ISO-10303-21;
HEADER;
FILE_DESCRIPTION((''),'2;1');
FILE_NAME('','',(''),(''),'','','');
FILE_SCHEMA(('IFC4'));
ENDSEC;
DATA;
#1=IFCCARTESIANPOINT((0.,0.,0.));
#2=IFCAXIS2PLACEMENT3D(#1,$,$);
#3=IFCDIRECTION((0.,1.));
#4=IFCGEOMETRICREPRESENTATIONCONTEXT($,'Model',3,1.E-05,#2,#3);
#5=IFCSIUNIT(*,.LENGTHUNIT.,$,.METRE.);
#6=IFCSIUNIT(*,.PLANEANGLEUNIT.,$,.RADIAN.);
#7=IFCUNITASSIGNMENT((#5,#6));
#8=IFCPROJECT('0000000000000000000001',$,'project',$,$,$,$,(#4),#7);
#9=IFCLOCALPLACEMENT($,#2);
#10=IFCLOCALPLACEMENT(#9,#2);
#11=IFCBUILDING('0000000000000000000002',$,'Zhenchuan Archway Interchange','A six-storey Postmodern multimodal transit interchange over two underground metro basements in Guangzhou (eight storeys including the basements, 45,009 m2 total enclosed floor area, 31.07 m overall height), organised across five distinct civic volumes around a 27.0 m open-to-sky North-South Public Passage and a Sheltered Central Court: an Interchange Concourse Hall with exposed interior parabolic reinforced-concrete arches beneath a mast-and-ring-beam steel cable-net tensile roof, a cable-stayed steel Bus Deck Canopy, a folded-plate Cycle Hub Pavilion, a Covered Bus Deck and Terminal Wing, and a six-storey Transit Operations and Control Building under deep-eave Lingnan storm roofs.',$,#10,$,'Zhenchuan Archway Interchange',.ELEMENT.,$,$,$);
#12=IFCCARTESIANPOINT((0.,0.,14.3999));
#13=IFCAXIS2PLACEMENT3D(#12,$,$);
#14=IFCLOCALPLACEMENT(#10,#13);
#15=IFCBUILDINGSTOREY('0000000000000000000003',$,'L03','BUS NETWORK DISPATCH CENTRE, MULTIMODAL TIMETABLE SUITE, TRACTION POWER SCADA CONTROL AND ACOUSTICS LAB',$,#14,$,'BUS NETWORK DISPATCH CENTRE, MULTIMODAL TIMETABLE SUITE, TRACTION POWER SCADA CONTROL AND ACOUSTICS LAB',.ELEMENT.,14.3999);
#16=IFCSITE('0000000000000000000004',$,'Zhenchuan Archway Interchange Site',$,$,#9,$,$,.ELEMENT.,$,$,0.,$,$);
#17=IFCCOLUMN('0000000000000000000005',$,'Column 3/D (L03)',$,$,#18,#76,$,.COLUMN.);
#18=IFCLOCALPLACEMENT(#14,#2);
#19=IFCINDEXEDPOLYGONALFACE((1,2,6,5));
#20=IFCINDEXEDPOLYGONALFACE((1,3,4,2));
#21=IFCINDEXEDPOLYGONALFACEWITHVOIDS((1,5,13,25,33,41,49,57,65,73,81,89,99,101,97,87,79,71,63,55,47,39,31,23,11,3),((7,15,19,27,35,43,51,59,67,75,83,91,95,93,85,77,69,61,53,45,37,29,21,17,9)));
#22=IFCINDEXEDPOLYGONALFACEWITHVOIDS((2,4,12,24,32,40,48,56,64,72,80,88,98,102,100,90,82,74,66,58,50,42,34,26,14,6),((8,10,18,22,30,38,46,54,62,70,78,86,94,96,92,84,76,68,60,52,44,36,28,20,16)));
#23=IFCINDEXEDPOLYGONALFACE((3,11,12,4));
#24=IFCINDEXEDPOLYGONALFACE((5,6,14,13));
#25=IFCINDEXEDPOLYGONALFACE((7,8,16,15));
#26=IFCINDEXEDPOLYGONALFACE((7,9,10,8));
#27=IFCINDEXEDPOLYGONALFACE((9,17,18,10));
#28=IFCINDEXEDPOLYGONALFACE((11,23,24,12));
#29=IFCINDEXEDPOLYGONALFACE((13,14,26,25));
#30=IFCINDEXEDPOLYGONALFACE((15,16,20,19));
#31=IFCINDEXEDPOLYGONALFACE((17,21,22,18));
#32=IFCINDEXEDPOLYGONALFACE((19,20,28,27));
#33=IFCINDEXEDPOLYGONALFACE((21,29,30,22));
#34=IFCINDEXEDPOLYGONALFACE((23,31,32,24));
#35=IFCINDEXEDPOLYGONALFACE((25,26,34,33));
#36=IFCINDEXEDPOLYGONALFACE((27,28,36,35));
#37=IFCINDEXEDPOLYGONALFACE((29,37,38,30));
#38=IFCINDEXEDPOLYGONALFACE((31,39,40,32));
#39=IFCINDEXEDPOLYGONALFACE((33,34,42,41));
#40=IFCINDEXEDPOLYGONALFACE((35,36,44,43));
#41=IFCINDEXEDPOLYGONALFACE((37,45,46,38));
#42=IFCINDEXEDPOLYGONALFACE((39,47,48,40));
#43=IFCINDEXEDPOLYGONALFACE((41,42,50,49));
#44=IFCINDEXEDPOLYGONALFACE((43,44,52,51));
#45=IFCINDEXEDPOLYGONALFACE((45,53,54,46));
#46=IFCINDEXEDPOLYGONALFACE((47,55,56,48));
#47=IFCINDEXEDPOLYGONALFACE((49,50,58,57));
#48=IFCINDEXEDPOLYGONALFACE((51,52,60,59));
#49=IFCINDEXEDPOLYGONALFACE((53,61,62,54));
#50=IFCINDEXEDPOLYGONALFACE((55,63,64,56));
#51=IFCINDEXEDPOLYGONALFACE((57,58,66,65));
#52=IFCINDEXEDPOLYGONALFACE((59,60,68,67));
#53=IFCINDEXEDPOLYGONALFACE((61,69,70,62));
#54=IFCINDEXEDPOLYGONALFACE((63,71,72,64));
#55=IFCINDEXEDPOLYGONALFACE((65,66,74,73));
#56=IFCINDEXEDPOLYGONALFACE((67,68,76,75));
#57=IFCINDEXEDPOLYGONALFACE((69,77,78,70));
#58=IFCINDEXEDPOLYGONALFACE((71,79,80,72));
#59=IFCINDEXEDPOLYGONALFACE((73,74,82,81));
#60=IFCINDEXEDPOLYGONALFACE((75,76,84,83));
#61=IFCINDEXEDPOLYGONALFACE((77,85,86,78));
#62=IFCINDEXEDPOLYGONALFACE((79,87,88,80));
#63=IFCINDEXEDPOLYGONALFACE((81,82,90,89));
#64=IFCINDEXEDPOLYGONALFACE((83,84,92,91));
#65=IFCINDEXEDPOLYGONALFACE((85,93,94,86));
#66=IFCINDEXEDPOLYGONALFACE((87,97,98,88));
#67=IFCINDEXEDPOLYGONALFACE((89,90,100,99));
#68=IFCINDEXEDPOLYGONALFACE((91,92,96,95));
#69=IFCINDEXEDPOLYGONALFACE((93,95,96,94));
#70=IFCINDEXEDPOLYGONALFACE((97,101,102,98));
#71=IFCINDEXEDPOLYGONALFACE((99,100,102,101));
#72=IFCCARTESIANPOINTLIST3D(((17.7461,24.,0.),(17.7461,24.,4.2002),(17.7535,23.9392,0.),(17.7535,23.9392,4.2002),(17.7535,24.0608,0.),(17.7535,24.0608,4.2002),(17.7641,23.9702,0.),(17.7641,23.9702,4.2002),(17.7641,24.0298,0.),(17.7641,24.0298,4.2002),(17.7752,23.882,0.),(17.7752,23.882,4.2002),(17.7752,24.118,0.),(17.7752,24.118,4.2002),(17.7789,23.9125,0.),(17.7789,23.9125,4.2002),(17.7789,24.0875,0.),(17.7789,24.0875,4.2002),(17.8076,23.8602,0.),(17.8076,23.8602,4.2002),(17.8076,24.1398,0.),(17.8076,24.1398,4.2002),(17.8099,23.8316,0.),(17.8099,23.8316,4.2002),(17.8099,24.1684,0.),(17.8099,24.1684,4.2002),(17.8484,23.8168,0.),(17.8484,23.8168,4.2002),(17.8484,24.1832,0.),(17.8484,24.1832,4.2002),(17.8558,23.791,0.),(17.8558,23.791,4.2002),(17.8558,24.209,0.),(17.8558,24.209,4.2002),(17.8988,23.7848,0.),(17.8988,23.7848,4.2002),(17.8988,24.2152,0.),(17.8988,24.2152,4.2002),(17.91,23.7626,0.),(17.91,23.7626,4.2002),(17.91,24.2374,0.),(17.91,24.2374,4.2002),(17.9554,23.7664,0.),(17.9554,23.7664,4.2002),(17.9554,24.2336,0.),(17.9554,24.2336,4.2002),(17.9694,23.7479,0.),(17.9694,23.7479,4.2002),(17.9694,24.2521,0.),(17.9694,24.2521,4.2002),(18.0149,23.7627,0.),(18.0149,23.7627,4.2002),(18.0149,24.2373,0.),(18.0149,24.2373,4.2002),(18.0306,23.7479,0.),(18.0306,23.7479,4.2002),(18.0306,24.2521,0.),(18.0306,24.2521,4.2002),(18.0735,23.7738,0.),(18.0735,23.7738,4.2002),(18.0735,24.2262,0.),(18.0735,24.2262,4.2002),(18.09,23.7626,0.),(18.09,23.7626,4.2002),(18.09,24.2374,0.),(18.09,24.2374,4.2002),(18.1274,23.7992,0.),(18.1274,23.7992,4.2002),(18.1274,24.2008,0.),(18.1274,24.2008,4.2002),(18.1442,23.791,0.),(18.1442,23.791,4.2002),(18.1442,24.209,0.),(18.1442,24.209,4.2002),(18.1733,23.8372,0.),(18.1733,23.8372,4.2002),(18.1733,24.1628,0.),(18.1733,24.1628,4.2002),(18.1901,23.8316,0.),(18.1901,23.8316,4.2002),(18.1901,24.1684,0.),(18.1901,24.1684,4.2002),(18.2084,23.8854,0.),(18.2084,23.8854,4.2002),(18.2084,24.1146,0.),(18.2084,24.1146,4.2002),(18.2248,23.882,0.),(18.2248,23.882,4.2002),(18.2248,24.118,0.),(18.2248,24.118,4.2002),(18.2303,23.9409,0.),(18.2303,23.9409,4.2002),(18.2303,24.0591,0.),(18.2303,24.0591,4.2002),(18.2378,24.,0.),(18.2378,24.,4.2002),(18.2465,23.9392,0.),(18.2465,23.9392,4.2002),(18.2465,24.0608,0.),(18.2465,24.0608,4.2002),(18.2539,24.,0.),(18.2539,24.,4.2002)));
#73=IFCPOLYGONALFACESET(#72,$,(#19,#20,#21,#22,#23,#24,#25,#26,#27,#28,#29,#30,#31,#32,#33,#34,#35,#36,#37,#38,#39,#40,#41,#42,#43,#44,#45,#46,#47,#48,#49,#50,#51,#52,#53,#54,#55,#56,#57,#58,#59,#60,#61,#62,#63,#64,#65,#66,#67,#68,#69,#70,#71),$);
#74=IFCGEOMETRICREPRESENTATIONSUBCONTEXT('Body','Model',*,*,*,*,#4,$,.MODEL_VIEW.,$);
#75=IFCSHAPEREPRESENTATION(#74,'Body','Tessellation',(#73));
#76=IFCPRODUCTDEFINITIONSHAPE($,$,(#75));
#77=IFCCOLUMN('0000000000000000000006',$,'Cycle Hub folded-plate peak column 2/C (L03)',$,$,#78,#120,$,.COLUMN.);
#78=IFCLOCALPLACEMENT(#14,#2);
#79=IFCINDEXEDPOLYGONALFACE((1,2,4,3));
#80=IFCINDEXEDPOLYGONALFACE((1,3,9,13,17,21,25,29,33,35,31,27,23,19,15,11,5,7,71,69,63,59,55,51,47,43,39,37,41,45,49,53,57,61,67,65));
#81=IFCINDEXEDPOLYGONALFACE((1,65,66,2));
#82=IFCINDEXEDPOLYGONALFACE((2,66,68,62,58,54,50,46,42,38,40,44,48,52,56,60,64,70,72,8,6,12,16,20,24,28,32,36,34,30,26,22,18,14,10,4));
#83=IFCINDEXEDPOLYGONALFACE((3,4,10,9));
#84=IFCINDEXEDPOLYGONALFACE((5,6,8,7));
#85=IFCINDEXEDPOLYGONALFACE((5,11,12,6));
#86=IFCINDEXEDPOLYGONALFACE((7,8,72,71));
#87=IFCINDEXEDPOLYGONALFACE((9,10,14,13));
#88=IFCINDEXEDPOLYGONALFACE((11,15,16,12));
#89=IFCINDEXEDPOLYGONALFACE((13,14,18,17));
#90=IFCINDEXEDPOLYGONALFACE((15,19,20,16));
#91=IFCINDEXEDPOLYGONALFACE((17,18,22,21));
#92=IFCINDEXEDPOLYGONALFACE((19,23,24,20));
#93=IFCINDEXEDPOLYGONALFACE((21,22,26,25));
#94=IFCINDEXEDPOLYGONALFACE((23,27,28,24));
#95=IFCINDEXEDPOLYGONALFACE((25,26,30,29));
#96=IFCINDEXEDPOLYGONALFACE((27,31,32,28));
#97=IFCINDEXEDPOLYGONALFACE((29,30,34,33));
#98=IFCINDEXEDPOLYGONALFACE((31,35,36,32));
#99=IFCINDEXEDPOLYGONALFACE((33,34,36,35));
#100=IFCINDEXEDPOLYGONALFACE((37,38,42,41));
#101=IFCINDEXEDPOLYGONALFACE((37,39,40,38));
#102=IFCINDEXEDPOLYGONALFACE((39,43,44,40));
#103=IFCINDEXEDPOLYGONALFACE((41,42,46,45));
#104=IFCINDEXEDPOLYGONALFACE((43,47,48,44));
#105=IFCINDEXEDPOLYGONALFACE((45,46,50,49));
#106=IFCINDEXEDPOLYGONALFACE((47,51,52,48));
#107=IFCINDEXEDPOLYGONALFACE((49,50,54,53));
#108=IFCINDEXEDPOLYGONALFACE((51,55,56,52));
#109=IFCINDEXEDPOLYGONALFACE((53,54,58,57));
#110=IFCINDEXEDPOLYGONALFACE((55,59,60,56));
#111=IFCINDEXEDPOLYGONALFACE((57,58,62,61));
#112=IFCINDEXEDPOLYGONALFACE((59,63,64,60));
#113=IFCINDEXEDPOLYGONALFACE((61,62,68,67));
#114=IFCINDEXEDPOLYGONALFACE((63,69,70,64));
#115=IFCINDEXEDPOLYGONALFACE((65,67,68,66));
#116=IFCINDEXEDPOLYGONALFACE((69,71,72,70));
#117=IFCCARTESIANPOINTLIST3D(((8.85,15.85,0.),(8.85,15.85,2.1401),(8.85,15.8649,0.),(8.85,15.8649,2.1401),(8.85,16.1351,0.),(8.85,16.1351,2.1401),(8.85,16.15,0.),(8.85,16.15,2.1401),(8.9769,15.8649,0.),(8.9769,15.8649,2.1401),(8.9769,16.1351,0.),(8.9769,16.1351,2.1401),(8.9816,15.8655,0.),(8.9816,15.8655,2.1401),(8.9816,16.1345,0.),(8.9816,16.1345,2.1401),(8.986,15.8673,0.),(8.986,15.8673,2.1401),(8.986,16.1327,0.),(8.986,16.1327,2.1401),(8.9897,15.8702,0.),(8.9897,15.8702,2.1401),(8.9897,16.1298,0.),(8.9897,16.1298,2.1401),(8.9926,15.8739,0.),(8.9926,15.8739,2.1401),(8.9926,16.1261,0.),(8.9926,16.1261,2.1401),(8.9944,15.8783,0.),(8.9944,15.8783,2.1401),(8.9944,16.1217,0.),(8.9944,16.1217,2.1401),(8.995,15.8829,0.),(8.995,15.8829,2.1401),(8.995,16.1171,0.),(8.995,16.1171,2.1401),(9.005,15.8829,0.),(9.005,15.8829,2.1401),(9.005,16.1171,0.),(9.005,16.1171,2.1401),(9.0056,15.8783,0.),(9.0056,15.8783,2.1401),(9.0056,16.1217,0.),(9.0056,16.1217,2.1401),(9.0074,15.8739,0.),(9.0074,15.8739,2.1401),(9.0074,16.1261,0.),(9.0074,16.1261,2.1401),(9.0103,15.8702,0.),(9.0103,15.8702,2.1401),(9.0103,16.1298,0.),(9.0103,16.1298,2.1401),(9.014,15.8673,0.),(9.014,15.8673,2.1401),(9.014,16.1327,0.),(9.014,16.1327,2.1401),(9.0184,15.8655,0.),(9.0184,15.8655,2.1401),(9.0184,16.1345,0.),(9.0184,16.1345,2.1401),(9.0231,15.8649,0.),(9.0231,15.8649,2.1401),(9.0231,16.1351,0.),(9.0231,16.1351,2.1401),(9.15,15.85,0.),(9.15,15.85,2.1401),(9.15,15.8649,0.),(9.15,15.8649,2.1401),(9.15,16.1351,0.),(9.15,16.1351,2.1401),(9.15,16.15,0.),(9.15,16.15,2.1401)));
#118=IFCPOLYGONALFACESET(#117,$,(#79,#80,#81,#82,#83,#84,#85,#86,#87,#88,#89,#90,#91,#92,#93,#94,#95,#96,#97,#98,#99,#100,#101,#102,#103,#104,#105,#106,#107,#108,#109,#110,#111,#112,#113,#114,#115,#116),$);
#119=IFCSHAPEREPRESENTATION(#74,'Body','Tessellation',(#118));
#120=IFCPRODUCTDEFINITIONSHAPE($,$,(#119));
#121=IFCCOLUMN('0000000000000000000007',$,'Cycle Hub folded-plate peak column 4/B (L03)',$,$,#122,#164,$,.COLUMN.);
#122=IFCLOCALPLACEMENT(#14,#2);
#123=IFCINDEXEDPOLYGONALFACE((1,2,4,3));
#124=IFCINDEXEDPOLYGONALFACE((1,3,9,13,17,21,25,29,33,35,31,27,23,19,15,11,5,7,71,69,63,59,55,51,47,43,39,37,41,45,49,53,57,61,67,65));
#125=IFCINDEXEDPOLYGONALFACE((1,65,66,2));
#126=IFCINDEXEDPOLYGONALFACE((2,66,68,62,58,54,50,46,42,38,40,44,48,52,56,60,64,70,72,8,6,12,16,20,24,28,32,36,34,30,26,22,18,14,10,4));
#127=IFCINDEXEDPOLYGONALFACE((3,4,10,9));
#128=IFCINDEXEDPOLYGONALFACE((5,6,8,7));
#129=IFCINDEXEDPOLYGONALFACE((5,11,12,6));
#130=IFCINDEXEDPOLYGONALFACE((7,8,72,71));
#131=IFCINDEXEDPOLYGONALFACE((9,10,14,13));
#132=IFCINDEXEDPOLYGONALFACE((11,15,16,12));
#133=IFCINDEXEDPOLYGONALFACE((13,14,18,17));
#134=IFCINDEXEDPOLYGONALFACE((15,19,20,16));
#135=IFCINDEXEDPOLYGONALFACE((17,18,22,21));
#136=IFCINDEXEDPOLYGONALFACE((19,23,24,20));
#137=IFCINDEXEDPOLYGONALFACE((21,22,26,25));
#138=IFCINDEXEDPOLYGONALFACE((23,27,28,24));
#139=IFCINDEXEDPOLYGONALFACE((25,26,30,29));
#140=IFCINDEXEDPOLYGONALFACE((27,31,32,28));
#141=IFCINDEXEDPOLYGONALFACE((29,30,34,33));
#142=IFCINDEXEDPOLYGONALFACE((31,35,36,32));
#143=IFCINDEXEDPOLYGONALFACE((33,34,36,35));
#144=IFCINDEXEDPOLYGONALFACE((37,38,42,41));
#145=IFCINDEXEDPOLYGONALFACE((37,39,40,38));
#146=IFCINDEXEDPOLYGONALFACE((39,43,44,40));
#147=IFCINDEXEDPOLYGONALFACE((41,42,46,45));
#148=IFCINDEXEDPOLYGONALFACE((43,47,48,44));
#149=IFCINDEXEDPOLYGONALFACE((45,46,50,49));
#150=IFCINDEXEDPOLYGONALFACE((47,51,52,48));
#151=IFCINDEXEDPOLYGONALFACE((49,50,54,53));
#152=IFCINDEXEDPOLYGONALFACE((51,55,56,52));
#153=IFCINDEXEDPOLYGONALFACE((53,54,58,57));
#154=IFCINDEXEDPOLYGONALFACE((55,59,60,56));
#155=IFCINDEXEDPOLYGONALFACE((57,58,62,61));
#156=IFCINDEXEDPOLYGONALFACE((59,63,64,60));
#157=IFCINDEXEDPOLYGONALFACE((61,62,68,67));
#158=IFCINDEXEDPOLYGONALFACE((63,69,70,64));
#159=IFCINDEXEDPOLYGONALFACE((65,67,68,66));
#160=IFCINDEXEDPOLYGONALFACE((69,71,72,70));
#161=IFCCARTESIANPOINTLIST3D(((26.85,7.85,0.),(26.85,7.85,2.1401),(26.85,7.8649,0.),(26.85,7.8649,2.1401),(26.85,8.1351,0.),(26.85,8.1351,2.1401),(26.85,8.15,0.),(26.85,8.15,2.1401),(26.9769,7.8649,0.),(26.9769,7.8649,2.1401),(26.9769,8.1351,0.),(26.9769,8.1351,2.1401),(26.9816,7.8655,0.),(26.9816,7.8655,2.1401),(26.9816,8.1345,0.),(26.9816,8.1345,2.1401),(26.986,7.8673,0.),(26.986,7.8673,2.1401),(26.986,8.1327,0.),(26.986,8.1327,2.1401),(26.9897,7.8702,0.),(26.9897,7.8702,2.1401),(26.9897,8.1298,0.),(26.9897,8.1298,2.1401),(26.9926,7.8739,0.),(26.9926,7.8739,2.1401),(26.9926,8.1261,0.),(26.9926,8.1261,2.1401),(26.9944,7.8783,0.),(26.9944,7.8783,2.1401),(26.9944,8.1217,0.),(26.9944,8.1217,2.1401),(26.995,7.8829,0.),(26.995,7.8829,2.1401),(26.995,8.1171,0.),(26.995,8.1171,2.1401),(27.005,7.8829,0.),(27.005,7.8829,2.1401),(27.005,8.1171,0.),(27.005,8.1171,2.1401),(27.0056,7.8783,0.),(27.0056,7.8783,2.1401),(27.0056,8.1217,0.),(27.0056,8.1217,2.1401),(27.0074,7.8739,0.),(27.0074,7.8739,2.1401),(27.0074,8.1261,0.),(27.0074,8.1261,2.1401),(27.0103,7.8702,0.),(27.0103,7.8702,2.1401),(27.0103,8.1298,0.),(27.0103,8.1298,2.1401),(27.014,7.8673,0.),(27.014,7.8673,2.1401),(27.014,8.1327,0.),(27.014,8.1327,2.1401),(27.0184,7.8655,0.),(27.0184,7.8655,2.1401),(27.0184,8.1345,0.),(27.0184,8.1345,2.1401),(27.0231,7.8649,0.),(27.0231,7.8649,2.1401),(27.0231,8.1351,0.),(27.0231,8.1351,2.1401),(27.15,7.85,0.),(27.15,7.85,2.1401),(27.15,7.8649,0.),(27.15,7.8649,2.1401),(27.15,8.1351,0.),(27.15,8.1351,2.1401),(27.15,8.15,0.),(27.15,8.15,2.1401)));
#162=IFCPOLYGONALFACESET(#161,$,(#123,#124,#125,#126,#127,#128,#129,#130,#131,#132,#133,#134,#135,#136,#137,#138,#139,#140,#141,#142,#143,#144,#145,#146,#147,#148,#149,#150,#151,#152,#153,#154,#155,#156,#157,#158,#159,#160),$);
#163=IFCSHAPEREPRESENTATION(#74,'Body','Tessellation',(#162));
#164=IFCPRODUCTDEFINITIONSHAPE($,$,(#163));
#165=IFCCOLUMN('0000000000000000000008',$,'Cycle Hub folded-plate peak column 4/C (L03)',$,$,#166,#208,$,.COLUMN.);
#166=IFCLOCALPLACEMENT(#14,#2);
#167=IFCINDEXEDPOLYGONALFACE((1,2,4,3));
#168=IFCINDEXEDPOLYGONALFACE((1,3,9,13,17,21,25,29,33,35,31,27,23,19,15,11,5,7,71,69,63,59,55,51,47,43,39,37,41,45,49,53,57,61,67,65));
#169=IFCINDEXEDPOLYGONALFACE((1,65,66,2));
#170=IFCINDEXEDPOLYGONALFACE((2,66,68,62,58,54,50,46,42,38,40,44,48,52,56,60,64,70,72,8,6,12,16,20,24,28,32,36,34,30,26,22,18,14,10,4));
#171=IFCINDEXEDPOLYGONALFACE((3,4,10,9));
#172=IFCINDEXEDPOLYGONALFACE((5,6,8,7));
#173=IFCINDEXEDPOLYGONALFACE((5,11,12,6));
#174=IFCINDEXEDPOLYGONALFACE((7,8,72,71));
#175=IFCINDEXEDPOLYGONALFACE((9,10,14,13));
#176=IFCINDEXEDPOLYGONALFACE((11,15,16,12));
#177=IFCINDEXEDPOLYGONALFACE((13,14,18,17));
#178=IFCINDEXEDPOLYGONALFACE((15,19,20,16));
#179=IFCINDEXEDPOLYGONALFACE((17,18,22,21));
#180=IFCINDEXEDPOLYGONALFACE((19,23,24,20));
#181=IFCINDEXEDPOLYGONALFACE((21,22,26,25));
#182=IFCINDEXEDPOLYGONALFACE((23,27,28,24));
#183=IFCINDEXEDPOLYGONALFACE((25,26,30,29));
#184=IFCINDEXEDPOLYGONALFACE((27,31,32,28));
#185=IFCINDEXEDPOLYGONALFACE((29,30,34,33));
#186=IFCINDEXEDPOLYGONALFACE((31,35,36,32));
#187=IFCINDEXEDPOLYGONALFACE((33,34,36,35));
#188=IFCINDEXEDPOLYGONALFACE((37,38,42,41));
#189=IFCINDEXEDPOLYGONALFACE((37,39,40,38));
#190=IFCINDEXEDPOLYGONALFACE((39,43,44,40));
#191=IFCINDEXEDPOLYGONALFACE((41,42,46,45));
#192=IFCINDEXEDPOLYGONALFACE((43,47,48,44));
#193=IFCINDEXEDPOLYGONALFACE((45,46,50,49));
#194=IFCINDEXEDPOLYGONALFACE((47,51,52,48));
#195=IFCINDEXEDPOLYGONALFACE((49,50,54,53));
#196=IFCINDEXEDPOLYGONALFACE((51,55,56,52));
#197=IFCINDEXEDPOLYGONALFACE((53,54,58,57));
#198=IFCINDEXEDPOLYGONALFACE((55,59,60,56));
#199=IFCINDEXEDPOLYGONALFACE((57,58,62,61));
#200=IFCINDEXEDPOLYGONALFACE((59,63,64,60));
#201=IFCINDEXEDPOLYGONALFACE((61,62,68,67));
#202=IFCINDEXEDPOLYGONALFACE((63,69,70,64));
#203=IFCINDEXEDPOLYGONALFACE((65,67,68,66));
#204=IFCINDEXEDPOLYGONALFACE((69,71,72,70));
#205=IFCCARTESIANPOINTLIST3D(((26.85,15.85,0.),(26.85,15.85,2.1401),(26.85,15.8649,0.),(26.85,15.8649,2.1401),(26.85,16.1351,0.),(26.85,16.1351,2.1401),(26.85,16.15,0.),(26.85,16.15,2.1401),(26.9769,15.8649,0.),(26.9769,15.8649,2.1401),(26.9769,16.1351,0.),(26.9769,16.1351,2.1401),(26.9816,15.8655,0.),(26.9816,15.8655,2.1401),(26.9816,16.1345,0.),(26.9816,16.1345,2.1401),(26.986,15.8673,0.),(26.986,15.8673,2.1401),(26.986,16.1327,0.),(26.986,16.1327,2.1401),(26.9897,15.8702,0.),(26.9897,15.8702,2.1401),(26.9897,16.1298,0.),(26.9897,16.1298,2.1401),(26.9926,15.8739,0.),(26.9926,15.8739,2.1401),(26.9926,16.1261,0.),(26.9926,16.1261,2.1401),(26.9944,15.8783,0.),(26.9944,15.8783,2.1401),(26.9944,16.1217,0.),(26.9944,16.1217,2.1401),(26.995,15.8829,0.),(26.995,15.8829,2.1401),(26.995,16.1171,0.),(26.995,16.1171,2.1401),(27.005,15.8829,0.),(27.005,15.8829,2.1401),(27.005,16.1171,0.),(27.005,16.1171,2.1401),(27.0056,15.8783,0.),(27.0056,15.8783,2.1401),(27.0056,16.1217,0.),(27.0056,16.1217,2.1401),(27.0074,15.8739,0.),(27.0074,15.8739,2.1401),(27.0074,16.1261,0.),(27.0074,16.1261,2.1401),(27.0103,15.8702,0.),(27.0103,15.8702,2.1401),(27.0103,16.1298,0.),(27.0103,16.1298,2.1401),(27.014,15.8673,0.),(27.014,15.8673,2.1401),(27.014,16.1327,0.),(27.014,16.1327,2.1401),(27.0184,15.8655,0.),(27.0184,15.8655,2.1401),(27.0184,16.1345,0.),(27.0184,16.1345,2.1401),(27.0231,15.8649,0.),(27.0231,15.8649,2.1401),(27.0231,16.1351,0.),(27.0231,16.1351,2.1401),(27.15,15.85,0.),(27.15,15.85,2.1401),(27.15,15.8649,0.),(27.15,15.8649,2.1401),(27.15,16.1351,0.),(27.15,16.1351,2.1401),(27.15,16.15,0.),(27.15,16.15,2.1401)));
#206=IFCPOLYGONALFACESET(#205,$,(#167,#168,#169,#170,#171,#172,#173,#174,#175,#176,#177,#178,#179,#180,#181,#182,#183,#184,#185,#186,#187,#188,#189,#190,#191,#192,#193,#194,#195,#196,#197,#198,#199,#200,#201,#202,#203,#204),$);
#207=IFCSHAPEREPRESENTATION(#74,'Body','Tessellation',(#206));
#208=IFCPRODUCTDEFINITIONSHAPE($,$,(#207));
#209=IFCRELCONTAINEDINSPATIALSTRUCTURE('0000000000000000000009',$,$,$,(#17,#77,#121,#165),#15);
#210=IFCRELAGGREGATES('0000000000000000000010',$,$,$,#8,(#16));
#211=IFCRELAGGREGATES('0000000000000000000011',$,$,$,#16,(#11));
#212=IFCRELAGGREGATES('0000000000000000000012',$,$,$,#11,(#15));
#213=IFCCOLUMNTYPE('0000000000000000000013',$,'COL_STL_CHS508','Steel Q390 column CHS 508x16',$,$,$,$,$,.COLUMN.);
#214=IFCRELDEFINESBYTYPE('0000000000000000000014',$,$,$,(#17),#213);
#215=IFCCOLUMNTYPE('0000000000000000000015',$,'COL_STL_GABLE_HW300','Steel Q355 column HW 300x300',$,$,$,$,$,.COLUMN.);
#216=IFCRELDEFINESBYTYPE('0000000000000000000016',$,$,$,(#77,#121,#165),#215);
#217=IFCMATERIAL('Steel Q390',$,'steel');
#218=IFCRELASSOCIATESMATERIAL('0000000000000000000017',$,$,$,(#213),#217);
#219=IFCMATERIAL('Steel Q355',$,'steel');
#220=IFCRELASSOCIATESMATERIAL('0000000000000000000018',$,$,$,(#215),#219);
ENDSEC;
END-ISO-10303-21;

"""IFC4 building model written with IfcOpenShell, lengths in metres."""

from ifc_helpers import new_model, si_unit, direction, frame, origin, origin_2d, place, context, subcontext, project, spatial, hollow_circle, i_section, extrude, material, material_profile, profile_set, type_object, element, save


model = new_model("IFC4")

# Units and contexts
model_context = context("Model", 3, precision=1e-05, world=origin(), true_north=direction((0.0, 1.0)))
body_context = subcontext(model_context, "Body", "Model", "MODEL_VIEW")
ifc_project = project(units=[si_unit("LENGTHUNIT", "METRE"), si_unit("PLANEANGLEUNIT", "RADIAN")], contexts=[model_context])

# Site, building, storey
site_placement = place(None, origin())
site = spatial("IfcSite", under=ifc_project, at=site_placement, Name="Zhenchuan Archway Interchange Site", CompositionType="ELEMENT", RefElevation=0.0)
building_placement = place(site_placement, origin())
building = spatial("IfcBuilding", under=site, at=building_placement, Name="Zhenchuan Archway Interchange", Description="A six-storey Postmodern multimodal transit interchange over two underground metro basements in Guangzhou (eight storeys including the basements, 45,009 m2 total enclosed floor area, 31.07 m overall height), organised across five distinct civic volumes around a 27.0 m open-to-sky North-South Public Passage and a Sheltered Central Court: an Interchange Concourse Hall with exposed interior parabolic reinforced-concrete arches beneath a mast-and-ring-beam steel cable-net tensile roof, a cable-stayed steel Bus Deck Canopy, a folded-plate Cycle Hub Pavilion, a Covered Bus Deck and Terminal Wing, and a six-storey Transit Operations and Control Building under deep-eave Lingnan storm roofs.", LongName="Zhenchuan Archway Interchange", CompositionType="ELEMENT")
storey_placement = place(building_placement, frame((0.0, 0.0, 14.3999)))
storey = spatial("IfcBuildingStorey", under=building, at=storey_placement, Name="L03", Description="BUS NETWORK DISPATCH CENTRE, MULTIMODAL TIMETABLE SUITE, TRACTION POWER SCADA CONTROL AND ACOUSTICS LAB", LongName="BUS NETWORK DISPATCH CENTRE, MULTIMODAL TIMETABLE SUITE, TRACTION POWER SCADA CONTROL AND ACOUSTICS LAB", CompositionType="ELEMENT", Elevation=14.3999)

# Columns
ifc_material_1 = material(Name="Steel Q390", Category="steel")
ifc_material_profile_1 = material_profile(ifc_material_1, hollow_circle(Radius=0.2539, WallThickness=0.0161, at=origin_2d()), Name="CHS 508x16")
ifc_profile_set_1 = profile_set([ifc_material_profile_1], Name="Steel Q390")
column_type_1 = type_object("IfcColumnType", Name="COL_STL_CHS508", Description="Steel Q390 column CHS 508x16", PredefinedType="COLUMN", material=ifc_profile_set_1)
column_1_placement = place(storey_placement, frame((18.0, 24.0, 0.0), z_axis=(0.0, 0.0, 1.0), x_axis=(1.0, 0.0, 0.0)))
element("IfcColumn", 1, at=column_1_placement, inside=storey, type_object=column_type_1, Name="Column 3/D (L03)", PredefinedType="COLUMN", context=body_context, shape_type="SweptSolid", body=[
    extrude(hollow_circle(Radius=0.2539, WallThickness=0.0161, at=origin_2d()), origin(), (0.0, 0.0, 1.0), 4.2002),
])
ifc_material_2 = material(Name="Steel Q355", Category="steel")
ifc_material_profile_2 = material_profile(ifc_material_2, i_section(OverallWidth=0.3, OverallDepth=0.3, WebThickness=0.01, FlangeThickness=0.0149, FilletRadius=0.0181, at=origin_2d()), Name="HW 300x300")
ifc_profile_set_2 = profile_set([ifc_material_profile_2], Name="Steel Q355")
column_type_2 = type_object("IfcColumnType", Name="COL_STL_GABLE_HW300", Description="Steel Q355 column HW 300x300", PredefinedType="COLUMN", material=ifc_profile_set_2)
for number, where, z_axis, x_axis, name in (
    (2, (9.0, 16.0, 0.0), (0.0, 0.0, 1.0), (1.0, 0.0, 0.0), "Cycle Hub folded-plate peak column 2/C (L03)"),
    (3, (27.0, 8.0, 0.0), (0.0, 0.0, 1.0), (1.0, 0.0, 0.0), "Cycle Hub folded-plate peak column 4/B (L03)"),
    (4, (27.0, 16.0, 0.0), (0.0, 0.0, 1.0), (1.0, 0.0, 0.0), "Cycle Hub folded-plate peak column 4/C (L03)"),
):
    element("IfcColumn", number, at=place(storey_placement, frame(where, z_axis=z_axis, x_axis=x_axis)), inside=storey, type_object=column_type_2, Name=name, PredefinedType="COLUMN", context=body_context, shape_type="SweptSolid", body=[
        extrude(i_section(OverallWidth=0.3, OverallDepth=0.3, WebThickness=0.01, FlangeThickness=0.0149, FilletRadius=0.0181, at=origin_2d()), origin(), (0.0, 0.0, 1.0), 2.1401),
    ])

save(model, "model.ifc")
